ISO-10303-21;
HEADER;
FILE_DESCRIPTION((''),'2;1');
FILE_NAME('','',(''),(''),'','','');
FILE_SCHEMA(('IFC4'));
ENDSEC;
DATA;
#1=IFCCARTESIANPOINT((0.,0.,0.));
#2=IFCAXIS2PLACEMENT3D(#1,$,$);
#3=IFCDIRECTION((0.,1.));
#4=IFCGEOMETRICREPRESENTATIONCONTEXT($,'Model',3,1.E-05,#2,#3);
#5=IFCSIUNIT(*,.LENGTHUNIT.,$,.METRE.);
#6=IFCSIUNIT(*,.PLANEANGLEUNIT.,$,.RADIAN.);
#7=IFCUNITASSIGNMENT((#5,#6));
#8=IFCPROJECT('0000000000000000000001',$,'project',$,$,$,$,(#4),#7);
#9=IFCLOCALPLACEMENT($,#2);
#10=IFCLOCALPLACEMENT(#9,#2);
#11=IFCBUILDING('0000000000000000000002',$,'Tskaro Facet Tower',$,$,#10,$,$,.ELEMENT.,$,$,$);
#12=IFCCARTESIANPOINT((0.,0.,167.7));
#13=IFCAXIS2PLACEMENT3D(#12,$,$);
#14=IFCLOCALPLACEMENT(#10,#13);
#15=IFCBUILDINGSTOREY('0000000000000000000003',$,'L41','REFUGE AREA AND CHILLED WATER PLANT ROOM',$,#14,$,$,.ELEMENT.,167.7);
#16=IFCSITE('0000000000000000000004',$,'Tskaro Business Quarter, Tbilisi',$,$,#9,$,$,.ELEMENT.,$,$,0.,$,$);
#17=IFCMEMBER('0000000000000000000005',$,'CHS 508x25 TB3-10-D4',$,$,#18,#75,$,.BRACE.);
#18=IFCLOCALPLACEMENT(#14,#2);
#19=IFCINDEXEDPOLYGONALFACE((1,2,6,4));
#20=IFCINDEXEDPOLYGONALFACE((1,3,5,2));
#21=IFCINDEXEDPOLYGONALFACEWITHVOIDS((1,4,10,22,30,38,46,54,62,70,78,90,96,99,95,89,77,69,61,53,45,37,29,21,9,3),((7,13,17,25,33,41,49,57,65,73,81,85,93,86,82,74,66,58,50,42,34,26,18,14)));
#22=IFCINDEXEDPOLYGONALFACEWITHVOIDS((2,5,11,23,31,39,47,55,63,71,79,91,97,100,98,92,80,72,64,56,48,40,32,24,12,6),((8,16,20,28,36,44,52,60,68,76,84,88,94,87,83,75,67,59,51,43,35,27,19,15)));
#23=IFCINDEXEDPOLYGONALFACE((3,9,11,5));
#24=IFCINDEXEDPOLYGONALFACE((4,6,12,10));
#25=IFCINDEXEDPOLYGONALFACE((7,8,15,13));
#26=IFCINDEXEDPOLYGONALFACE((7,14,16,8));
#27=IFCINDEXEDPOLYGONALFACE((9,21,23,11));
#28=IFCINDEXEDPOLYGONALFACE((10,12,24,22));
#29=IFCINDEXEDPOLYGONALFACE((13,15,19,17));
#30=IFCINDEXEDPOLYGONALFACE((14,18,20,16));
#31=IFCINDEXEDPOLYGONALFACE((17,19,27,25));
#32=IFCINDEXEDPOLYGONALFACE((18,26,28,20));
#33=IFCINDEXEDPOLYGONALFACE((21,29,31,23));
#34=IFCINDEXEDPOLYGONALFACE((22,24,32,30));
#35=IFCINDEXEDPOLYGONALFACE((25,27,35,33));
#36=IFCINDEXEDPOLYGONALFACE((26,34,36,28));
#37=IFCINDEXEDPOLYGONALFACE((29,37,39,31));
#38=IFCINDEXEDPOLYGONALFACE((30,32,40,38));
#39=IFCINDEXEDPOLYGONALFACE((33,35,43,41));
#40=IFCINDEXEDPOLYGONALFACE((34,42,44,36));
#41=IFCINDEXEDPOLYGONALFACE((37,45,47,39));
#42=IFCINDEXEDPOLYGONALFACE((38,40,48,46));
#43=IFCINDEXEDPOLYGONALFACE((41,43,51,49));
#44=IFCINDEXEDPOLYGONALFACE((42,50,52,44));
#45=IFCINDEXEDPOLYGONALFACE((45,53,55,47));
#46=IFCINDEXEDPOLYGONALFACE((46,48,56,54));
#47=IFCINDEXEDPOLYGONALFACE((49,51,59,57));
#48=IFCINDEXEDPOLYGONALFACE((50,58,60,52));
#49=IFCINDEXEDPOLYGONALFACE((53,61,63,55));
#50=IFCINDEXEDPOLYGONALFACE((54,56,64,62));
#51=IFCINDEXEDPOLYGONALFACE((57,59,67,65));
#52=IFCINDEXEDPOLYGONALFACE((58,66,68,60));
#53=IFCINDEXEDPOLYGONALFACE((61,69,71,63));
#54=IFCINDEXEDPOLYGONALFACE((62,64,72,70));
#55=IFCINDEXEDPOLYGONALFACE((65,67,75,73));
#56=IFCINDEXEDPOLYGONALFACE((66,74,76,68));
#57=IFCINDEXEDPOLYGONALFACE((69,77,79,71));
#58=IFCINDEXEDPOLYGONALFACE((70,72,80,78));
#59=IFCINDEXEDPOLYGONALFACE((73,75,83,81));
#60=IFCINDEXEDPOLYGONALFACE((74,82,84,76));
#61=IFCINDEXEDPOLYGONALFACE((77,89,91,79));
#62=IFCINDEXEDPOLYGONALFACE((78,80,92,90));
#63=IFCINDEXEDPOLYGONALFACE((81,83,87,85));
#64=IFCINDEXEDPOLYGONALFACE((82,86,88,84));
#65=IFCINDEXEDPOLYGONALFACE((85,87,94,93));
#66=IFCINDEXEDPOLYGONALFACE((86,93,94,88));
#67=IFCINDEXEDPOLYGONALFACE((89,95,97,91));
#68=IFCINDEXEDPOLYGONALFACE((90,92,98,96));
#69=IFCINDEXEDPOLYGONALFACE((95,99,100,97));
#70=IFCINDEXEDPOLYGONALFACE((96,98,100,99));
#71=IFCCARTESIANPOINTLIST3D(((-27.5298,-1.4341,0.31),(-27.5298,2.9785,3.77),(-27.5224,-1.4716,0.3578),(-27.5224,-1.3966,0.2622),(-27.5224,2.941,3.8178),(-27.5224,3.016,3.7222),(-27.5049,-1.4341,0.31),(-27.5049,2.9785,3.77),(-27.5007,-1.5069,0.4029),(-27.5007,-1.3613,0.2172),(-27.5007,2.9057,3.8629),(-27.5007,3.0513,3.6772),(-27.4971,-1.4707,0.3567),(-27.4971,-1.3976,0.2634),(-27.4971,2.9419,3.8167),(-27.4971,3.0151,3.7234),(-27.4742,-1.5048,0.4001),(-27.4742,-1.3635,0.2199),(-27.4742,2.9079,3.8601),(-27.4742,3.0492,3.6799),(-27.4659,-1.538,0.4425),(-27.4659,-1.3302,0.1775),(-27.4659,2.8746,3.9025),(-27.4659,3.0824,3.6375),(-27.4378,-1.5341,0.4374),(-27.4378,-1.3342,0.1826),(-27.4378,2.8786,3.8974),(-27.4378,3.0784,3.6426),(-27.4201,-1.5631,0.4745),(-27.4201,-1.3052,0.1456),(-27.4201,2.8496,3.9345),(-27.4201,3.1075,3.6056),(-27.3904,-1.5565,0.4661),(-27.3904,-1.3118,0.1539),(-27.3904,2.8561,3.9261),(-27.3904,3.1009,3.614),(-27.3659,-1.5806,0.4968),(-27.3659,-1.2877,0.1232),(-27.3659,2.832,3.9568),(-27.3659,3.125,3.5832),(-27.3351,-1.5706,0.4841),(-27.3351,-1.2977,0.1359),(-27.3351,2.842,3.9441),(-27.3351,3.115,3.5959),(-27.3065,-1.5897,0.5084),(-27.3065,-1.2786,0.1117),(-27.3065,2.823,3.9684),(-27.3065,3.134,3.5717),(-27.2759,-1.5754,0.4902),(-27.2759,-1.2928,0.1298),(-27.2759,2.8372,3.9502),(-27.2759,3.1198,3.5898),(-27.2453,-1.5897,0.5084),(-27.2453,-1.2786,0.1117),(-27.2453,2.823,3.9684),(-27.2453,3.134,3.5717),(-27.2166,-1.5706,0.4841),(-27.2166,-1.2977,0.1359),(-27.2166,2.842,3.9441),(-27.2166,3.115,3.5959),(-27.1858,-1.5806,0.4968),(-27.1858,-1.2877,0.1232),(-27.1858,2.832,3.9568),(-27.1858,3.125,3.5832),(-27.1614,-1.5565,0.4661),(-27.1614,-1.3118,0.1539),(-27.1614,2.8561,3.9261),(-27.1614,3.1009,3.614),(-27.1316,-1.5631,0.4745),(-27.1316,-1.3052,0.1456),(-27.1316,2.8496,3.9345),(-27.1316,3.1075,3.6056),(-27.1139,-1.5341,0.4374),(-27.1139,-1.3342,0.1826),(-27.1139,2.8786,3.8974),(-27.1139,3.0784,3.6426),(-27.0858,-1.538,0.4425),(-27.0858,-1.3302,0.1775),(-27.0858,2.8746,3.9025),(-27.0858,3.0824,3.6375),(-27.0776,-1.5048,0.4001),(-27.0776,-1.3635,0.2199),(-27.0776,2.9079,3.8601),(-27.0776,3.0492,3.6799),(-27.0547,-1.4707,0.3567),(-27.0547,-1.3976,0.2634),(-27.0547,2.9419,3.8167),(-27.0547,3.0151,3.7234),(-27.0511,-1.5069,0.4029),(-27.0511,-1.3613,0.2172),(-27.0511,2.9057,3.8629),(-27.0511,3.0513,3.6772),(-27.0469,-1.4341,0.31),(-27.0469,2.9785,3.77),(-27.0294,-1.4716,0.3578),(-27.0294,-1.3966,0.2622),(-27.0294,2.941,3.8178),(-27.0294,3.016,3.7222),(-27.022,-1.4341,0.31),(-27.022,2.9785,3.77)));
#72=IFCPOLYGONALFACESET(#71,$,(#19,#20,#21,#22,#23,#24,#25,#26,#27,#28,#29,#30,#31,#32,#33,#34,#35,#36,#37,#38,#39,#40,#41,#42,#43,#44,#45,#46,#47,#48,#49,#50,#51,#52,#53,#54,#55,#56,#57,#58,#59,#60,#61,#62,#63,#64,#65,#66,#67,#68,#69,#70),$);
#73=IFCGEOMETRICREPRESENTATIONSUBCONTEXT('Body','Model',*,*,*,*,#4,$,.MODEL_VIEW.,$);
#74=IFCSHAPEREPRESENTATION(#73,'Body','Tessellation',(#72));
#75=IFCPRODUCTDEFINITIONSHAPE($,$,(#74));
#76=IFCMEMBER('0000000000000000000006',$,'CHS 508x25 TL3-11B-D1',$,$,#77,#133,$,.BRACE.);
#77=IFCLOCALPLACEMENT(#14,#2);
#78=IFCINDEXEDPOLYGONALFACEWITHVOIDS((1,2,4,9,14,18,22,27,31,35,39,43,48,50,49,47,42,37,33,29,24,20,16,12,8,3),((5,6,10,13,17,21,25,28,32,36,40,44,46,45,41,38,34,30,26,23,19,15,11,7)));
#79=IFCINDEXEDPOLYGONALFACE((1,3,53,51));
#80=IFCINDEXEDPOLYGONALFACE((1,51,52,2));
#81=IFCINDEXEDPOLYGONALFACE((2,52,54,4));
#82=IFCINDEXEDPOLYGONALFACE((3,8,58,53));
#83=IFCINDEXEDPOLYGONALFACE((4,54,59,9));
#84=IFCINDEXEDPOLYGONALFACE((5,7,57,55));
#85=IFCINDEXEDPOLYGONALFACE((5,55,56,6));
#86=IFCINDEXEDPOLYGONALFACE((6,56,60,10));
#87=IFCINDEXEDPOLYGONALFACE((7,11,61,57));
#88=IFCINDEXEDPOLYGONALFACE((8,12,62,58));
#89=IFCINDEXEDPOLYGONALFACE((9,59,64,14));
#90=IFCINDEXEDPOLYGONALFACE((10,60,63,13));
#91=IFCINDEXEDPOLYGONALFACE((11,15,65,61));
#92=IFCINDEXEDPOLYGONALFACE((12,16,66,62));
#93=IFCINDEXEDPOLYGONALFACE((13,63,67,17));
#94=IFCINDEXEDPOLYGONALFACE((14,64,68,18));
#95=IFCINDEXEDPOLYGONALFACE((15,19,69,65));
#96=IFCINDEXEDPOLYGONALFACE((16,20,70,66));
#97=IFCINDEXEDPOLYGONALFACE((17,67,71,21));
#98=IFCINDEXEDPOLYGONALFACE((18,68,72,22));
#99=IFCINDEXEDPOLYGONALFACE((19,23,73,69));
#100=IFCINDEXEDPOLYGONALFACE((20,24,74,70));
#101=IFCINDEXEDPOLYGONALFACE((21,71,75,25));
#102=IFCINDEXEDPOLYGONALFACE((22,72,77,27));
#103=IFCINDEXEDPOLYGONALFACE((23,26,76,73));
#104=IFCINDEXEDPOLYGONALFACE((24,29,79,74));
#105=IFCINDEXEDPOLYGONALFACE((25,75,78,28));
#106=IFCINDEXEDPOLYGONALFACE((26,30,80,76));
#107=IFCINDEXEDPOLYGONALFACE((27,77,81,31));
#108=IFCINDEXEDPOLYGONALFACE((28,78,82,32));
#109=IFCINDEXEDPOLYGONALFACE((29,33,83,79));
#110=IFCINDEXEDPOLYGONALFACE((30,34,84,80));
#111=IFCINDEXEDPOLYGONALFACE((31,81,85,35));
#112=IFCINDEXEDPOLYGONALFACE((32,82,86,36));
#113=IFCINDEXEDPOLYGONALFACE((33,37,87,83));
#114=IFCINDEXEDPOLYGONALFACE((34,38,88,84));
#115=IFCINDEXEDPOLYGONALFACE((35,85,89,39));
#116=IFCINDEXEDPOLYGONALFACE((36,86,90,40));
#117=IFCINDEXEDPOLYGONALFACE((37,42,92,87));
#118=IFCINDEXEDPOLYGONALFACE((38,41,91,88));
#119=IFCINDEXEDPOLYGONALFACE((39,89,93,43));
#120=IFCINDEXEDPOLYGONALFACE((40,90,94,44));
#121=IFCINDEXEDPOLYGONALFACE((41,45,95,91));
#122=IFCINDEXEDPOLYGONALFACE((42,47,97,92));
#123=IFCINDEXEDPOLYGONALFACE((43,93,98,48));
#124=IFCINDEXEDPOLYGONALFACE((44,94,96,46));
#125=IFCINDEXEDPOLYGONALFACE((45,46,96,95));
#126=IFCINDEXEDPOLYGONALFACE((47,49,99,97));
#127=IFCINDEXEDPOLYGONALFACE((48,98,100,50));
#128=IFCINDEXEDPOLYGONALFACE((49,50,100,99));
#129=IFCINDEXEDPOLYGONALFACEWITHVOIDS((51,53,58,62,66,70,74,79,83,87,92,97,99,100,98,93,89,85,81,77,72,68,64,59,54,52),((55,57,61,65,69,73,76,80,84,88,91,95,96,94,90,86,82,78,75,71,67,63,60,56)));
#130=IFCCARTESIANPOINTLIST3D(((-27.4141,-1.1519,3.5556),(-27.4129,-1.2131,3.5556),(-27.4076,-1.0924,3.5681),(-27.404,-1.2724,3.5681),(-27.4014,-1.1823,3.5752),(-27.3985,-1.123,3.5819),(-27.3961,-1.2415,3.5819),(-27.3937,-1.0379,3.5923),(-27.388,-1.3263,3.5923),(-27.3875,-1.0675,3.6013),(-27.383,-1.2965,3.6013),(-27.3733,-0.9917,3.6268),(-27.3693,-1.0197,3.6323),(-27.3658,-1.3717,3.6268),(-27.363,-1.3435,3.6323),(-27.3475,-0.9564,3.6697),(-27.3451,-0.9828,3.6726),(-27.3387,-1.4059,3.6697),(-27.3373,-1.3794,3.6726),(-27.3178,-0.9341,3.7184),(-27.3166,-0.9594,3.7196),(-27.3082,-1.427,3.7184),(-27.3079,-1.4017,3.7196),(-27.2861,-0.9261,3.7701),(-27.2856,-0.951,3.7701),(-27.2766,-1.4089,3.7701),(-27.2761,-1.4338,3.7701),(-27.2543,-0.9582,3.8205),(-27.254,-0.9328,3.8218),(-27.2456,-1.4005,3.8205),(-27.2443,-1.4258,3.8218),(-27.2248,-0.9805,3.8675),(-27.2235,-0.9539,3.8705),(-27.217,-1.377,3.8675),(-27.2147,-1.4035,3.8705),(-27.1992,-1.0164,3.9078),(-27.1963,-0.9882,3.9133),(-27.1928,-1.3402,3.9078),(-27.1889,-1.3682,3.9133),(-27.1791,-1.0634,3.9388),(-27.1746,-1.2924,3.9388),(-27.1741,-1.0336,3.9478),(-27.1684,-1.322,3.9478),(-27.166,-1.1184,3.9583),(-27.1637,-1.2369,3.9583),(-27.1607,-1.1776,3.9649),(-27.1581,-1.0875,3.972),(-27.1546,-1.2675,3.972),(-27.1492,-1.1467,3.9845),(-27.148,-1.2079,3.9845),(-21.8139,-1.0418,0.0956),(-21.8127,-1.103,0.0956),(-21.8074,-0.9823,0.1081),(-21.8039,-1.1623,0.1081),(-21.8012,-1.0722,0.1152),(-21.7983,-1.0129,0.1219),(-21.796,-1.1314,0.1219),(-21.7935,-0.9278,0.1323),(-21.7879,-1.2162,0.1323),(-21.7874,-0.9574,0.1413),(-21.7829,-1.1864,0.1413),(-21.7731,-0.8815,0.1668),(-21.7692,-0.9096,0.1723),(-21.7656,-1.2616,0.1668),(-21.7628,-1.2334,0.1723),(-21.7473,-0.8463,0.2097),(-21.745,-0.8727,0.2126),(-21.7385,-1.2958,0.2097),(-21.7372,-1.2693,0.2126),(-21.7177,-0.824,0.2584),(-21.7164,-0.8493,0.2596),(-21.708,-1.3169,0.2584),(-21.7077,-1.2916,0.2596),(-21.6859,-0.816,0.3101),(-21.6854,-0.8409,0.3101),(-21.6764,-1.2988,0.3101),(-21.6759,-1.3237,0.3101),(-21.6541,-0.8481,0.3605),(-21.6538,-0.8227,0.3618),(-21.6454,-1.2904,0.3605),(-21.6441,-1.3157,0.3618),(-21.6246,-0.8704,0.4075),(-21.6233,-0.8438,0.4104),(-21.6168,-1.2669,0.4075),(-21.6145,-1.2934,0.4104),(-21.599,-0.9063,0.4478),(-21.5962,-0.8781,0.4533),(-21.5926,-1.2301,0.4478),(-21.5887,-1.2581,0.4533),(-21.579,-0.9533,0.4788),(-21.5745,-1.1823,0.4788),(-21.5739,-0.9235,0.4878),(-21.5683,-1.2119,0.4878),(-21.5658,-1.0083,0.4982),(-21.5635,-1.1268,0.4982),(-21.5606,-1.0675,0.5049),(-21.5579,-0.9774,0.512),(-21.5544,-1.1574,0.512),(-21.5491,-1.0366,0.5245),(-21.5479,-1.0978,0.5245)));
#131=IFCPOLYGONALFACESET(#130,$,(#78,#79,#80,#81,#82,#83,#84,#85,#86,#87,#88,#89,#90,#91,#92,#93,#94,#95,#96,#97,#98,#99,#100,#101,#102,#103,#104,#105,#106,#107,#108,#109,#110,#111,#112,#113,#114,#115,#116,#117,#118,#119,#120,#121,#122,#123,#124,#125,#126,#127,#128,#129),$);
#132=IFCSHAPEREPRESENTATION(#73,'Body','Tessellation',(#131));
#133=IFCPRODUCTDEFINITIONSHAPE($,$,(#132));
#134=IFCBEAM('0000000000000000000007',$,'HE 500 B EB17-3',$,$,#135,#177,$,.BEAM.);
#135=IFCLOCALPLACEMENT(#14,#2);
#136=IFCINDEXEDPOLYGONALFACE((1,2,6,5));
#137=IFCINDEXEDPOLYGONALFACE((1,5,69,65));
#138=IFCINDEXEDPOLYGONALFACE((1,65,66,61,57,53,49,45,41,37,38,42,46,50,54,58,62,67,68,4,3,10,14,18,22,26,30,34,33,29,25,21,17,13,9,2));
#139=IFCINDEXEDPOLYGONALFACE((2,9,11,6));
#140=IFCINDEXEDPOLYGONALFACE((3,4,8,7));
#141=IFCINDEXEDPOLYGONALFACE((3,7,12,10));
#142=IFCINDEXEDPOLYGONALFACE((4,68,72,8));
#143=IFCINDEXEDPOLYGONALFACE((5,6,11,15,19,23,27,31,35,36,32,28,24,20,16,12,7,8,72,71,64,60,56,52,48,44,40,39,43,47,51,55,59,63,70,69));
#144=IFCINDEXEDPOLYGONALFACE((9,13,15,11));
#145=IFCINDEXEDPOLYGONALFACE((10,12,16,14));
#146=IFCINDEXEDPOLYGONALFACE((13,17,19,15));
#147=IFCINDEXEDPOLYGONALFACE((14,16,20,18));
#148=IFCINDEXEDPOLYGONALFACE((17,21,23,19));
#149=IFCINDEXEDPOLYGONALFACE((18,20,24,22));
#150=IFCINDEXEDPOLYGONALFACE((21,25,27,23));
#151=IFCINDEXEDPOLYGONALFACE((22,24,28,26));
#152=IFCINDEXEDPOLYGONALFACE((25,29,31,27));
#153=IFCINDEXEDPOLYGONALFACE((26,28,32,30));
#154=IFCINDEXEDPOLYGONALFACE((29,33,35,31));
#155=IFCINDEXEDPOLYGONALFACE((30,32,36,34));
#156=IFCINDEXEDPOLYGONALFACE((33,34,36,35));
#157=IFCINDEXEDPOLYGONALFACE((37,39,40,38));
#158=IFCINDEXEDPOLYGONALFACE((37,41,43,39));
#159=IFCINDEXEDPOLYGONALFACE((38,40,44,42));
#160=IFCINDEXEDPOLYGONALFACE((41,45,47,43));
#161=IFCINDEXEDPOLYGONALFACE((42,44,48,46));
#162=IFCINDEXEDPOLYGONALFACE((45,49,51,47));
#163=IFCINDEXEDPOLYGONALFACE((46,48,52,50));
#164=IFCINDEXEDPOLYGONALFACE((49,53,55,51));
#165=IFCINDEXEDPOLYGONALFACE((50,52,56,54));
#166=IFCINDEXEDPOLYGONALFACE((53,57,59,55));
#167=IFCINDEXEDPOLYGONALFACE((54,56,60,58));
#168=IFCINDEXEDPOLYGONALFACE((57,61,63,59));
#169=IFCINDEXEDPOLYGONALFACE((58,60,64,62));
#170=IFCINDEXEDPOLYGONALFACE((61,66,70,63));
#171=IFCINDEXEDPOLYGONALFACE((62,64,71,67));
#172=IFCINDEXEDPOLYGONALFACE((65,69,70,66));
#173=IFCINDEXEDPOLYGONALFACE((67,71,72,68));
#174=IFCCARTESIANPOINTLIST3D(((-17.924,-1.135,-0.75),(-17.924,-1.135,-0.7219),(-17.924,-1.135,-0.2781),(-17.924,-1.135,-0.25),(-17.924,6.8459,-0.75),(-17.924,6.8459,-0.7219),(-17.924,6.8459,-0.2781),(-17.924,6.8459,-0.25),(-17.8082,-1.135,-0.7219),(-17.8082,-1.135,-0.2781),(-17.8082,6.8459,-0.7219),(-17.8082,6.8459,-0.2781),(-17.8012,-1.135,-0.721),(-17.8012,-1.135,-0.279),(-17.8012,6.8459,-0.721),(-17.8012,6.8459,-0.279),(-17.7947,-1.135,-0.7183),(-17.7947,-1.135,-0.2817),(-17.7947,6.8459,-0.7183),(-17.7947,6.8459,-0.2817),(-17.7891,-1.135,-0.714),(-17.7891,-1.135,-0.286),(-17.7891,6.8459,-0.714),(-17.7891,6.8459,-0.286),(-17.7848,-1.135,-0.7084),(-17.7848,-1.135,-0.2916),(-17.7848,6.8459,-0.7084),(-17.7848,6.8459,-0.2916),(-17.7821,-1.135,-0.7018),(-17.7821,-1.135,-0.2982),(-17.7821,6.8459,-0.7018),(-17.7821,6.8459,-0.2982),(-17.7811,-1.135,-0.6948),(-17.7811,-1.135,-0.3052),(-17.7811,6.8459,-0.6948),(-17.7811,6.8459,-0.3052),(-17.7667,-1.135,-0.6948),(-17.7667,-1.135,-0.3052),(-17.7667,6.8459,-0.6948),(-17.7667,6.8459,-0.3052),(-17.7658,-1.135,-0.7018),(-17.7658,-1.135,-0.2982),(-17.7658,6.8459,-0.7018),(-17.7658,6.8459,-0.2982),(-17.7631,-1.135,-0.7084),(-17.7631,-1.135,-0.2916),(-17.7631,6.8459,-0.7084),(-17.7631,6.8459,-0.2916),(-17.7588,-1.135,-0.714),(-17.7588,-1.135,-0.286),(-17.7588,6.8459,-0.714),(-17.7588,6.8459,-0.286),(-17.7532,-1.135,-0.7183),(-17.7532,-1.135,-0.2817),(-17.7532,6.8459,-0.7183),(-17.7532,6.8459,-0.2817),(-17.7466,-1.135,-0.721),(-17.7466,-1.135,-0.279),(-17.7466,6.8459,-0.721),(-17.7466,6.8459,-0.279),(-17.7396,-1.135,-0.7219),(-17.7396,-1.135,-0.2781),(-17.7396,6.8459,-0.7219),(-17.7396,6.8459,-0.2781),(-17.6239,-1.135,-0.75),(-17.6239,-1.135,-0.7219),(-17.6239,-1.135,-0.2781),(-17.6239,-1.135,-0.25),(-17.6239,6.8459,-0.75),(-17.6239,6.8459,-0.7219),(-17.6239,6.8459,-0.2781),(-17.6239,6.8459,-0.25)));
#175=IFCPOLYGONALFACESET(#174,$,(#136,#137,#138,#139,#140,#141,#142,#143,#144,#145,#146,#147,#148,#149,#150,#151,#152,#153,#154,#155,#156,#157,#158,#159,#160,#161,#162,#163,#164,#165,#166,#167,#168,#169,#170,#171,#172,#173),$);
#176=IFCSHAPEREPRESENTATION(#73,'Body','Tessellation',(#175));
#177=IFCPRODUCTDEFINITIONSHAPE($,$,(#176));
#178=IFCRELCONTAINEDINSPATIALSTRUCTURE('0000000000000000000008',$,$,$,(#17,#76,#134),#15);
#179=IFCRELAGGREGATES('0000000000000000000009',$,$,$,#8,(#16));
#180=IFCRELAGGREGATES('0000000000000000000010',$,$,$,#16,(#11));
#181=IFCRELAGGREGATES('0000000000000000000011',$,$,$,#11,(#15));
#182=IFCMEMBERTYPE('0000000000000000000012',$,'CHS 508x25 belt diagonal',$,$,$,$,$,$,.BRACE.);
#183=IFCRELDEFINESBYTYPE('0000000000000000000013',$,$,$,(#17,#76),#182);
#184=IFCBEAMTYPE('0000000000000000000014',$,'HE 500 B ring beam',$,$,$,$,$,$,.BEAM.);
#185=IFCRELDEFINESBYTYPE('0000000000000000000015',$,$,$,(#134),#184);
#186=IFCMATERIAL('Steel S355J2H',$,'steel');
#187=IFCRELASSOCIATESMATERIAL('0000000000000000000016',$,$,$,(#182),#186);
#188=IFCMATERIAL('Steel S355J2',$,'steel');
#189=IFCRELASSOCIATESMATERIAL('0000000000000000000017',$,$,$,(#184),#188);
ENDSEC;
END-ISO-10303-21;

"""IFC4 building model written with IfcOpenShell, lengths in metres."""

from ifc_helpers import new_model, si_unit, direction, frame, origin, origin_2d, place, context, subcontext, project, spatial, hollow_circle, i_section, extrude, material, material_profile, profile_set, type_object, element, save


model = new_model("IFC4")

# Units and contexts
model_context = context("Model", 3, precision=1e-05, world=origin(), true_north=direction((0.0, 1.0)))
body_context = subcontext(model_context, "Body", "Model", "MODEL_VIEW")
ifc_project = project(units=[si_unit("LENGTHUNIT", "METRE"), si_unit("PLANEANGLEUNIT", "RADIAN")], contexts=[model_context])

# Site, building, storey
site_placement = place(None, origin())
site = spatial("IfcSite", under=ifc_project, at=site_placement, Name="Tskaro Business Quarter, Tbilisi", CompositionType="ELEMENT", RefElevation=0.0)
building_placement = place(site_placement, origin())
building = spatial("IfcBuilding", under=site, at=building_placement, Name="Tskaro Facet Tower", CompositionType="ELEMENT")
storey_placement = place(building_placement, frame((0.0, 0.0, 167.7)))
storey = spatial("IfcBuildingStorey", under=building, at=storey_placement, Name="L41", Description="REFUGE AREA AND CHILLED WATER PLANT ROOM", CompositionType="ELEMENT", Elevation=167.7)

# Shared definitions
ifc_material_1 = material(Name="Steel S355J2H", Category="steel")

# Shared definitions
ifc_material_2 = material(Name="Steel S355J2", Category="steel")

# Members
ifc_material_profile_1 = material_profile(ifc_material_1, hollow_circle(Radius=0.2539, WallThickness=0.0249, at=origin_2d()), Name="CHS 508x25")
ifc_profile_set_1 = profile_set([ifc_material_profile_1], Name="Steel S355J2H")
member_type_1 = type_object("IfcMemberType", Name="CHS 508x25 belt diagonal", PredefinedType="BRACE", material=ifc_profile_set_1)
member_1_placement = place(storey_placement, frame((-27.2759, 2.9785, 3.77), z_axis=(0.0, -0.786931, -0.617041), x_axis=(1.0, 0.0, 0.0)))
element("IfcMember", 1, at=member_1_placement, inside=storey, type_object=member_type_1, Name="CHS 508x25 TB3-10-D4", PredefinedType="BRACE", context=body_context, shape_type="SweptSolid", body=[
    extrude(hollow_circle(Radius=0.2539, WallThickness=0.0249, at=origin_2d()), origin(), (0.0, 0.0, 1.0), 5.6074),
])
member_2_placement = place(storey_placement, frame((-21.6809, -1.0698, 0.3101), z_axis=(-0.850606, -0.016724, 0.525538), x_axis=(0.019658, -0.999807, 0.0)))
element("IfcMember", 2, at=member_2_placement, inside=storey, type_object=member_type_1, Name="CHS 508x25 TL3-11B-D1", PredefinedType="BRACE", context=body_context, shape_type="SweptSolid", body=[
    extrude(hollow_circle(Radius=0.2539, WallThickness=0.0249, at=origin_2d()), origin(), (0.0, 0.0, 1.0), 6.5837),
])

# Beam
ifc_material_profile_2 = material_profile(ifc_material_2, i_section(OverallWidth=0.3, OverallDepth=0.5, WebThickness=0.0144, FlangeThickness=0.0281, FilletRadius=0.0271, at=origin_2d()), Name="HE 500 B")
ifc_profile_set_2 = profile_set([ifc_material_profile_2], Name="Steel S355J2")
beam_type_1 = type_object("IfcBeamType", Name="HE 500 B ring beam", PredefinedType="BEAM", material=ifc_profile_set_2)
beam_1_placement = place(storey_placement, frame((-17.7739, 6.8459, -0.5), z_axis=(0.0, -1.0, 0.0), x_axis=(1.0, 0.0, 0.0)))
element("IfcBeam", 3, at=beam_1_placement, inside=storey, type_object=beam_type_1, Name="HE 500 B EB17-3", PredefinedType="BEAM", context=body_context, shape_type="SweptSolid", body=[
    extrude(i_section(OverallWidth=0.3, OverallDepth=0.5, WebThickness=0.0144, FlangeThickness=0.0281, FilletRadius=0.0271, at=origin_2d()), origin(), (0.0, 0.0, 1.0), 7.981),
])

save(model, "model.ifc")
